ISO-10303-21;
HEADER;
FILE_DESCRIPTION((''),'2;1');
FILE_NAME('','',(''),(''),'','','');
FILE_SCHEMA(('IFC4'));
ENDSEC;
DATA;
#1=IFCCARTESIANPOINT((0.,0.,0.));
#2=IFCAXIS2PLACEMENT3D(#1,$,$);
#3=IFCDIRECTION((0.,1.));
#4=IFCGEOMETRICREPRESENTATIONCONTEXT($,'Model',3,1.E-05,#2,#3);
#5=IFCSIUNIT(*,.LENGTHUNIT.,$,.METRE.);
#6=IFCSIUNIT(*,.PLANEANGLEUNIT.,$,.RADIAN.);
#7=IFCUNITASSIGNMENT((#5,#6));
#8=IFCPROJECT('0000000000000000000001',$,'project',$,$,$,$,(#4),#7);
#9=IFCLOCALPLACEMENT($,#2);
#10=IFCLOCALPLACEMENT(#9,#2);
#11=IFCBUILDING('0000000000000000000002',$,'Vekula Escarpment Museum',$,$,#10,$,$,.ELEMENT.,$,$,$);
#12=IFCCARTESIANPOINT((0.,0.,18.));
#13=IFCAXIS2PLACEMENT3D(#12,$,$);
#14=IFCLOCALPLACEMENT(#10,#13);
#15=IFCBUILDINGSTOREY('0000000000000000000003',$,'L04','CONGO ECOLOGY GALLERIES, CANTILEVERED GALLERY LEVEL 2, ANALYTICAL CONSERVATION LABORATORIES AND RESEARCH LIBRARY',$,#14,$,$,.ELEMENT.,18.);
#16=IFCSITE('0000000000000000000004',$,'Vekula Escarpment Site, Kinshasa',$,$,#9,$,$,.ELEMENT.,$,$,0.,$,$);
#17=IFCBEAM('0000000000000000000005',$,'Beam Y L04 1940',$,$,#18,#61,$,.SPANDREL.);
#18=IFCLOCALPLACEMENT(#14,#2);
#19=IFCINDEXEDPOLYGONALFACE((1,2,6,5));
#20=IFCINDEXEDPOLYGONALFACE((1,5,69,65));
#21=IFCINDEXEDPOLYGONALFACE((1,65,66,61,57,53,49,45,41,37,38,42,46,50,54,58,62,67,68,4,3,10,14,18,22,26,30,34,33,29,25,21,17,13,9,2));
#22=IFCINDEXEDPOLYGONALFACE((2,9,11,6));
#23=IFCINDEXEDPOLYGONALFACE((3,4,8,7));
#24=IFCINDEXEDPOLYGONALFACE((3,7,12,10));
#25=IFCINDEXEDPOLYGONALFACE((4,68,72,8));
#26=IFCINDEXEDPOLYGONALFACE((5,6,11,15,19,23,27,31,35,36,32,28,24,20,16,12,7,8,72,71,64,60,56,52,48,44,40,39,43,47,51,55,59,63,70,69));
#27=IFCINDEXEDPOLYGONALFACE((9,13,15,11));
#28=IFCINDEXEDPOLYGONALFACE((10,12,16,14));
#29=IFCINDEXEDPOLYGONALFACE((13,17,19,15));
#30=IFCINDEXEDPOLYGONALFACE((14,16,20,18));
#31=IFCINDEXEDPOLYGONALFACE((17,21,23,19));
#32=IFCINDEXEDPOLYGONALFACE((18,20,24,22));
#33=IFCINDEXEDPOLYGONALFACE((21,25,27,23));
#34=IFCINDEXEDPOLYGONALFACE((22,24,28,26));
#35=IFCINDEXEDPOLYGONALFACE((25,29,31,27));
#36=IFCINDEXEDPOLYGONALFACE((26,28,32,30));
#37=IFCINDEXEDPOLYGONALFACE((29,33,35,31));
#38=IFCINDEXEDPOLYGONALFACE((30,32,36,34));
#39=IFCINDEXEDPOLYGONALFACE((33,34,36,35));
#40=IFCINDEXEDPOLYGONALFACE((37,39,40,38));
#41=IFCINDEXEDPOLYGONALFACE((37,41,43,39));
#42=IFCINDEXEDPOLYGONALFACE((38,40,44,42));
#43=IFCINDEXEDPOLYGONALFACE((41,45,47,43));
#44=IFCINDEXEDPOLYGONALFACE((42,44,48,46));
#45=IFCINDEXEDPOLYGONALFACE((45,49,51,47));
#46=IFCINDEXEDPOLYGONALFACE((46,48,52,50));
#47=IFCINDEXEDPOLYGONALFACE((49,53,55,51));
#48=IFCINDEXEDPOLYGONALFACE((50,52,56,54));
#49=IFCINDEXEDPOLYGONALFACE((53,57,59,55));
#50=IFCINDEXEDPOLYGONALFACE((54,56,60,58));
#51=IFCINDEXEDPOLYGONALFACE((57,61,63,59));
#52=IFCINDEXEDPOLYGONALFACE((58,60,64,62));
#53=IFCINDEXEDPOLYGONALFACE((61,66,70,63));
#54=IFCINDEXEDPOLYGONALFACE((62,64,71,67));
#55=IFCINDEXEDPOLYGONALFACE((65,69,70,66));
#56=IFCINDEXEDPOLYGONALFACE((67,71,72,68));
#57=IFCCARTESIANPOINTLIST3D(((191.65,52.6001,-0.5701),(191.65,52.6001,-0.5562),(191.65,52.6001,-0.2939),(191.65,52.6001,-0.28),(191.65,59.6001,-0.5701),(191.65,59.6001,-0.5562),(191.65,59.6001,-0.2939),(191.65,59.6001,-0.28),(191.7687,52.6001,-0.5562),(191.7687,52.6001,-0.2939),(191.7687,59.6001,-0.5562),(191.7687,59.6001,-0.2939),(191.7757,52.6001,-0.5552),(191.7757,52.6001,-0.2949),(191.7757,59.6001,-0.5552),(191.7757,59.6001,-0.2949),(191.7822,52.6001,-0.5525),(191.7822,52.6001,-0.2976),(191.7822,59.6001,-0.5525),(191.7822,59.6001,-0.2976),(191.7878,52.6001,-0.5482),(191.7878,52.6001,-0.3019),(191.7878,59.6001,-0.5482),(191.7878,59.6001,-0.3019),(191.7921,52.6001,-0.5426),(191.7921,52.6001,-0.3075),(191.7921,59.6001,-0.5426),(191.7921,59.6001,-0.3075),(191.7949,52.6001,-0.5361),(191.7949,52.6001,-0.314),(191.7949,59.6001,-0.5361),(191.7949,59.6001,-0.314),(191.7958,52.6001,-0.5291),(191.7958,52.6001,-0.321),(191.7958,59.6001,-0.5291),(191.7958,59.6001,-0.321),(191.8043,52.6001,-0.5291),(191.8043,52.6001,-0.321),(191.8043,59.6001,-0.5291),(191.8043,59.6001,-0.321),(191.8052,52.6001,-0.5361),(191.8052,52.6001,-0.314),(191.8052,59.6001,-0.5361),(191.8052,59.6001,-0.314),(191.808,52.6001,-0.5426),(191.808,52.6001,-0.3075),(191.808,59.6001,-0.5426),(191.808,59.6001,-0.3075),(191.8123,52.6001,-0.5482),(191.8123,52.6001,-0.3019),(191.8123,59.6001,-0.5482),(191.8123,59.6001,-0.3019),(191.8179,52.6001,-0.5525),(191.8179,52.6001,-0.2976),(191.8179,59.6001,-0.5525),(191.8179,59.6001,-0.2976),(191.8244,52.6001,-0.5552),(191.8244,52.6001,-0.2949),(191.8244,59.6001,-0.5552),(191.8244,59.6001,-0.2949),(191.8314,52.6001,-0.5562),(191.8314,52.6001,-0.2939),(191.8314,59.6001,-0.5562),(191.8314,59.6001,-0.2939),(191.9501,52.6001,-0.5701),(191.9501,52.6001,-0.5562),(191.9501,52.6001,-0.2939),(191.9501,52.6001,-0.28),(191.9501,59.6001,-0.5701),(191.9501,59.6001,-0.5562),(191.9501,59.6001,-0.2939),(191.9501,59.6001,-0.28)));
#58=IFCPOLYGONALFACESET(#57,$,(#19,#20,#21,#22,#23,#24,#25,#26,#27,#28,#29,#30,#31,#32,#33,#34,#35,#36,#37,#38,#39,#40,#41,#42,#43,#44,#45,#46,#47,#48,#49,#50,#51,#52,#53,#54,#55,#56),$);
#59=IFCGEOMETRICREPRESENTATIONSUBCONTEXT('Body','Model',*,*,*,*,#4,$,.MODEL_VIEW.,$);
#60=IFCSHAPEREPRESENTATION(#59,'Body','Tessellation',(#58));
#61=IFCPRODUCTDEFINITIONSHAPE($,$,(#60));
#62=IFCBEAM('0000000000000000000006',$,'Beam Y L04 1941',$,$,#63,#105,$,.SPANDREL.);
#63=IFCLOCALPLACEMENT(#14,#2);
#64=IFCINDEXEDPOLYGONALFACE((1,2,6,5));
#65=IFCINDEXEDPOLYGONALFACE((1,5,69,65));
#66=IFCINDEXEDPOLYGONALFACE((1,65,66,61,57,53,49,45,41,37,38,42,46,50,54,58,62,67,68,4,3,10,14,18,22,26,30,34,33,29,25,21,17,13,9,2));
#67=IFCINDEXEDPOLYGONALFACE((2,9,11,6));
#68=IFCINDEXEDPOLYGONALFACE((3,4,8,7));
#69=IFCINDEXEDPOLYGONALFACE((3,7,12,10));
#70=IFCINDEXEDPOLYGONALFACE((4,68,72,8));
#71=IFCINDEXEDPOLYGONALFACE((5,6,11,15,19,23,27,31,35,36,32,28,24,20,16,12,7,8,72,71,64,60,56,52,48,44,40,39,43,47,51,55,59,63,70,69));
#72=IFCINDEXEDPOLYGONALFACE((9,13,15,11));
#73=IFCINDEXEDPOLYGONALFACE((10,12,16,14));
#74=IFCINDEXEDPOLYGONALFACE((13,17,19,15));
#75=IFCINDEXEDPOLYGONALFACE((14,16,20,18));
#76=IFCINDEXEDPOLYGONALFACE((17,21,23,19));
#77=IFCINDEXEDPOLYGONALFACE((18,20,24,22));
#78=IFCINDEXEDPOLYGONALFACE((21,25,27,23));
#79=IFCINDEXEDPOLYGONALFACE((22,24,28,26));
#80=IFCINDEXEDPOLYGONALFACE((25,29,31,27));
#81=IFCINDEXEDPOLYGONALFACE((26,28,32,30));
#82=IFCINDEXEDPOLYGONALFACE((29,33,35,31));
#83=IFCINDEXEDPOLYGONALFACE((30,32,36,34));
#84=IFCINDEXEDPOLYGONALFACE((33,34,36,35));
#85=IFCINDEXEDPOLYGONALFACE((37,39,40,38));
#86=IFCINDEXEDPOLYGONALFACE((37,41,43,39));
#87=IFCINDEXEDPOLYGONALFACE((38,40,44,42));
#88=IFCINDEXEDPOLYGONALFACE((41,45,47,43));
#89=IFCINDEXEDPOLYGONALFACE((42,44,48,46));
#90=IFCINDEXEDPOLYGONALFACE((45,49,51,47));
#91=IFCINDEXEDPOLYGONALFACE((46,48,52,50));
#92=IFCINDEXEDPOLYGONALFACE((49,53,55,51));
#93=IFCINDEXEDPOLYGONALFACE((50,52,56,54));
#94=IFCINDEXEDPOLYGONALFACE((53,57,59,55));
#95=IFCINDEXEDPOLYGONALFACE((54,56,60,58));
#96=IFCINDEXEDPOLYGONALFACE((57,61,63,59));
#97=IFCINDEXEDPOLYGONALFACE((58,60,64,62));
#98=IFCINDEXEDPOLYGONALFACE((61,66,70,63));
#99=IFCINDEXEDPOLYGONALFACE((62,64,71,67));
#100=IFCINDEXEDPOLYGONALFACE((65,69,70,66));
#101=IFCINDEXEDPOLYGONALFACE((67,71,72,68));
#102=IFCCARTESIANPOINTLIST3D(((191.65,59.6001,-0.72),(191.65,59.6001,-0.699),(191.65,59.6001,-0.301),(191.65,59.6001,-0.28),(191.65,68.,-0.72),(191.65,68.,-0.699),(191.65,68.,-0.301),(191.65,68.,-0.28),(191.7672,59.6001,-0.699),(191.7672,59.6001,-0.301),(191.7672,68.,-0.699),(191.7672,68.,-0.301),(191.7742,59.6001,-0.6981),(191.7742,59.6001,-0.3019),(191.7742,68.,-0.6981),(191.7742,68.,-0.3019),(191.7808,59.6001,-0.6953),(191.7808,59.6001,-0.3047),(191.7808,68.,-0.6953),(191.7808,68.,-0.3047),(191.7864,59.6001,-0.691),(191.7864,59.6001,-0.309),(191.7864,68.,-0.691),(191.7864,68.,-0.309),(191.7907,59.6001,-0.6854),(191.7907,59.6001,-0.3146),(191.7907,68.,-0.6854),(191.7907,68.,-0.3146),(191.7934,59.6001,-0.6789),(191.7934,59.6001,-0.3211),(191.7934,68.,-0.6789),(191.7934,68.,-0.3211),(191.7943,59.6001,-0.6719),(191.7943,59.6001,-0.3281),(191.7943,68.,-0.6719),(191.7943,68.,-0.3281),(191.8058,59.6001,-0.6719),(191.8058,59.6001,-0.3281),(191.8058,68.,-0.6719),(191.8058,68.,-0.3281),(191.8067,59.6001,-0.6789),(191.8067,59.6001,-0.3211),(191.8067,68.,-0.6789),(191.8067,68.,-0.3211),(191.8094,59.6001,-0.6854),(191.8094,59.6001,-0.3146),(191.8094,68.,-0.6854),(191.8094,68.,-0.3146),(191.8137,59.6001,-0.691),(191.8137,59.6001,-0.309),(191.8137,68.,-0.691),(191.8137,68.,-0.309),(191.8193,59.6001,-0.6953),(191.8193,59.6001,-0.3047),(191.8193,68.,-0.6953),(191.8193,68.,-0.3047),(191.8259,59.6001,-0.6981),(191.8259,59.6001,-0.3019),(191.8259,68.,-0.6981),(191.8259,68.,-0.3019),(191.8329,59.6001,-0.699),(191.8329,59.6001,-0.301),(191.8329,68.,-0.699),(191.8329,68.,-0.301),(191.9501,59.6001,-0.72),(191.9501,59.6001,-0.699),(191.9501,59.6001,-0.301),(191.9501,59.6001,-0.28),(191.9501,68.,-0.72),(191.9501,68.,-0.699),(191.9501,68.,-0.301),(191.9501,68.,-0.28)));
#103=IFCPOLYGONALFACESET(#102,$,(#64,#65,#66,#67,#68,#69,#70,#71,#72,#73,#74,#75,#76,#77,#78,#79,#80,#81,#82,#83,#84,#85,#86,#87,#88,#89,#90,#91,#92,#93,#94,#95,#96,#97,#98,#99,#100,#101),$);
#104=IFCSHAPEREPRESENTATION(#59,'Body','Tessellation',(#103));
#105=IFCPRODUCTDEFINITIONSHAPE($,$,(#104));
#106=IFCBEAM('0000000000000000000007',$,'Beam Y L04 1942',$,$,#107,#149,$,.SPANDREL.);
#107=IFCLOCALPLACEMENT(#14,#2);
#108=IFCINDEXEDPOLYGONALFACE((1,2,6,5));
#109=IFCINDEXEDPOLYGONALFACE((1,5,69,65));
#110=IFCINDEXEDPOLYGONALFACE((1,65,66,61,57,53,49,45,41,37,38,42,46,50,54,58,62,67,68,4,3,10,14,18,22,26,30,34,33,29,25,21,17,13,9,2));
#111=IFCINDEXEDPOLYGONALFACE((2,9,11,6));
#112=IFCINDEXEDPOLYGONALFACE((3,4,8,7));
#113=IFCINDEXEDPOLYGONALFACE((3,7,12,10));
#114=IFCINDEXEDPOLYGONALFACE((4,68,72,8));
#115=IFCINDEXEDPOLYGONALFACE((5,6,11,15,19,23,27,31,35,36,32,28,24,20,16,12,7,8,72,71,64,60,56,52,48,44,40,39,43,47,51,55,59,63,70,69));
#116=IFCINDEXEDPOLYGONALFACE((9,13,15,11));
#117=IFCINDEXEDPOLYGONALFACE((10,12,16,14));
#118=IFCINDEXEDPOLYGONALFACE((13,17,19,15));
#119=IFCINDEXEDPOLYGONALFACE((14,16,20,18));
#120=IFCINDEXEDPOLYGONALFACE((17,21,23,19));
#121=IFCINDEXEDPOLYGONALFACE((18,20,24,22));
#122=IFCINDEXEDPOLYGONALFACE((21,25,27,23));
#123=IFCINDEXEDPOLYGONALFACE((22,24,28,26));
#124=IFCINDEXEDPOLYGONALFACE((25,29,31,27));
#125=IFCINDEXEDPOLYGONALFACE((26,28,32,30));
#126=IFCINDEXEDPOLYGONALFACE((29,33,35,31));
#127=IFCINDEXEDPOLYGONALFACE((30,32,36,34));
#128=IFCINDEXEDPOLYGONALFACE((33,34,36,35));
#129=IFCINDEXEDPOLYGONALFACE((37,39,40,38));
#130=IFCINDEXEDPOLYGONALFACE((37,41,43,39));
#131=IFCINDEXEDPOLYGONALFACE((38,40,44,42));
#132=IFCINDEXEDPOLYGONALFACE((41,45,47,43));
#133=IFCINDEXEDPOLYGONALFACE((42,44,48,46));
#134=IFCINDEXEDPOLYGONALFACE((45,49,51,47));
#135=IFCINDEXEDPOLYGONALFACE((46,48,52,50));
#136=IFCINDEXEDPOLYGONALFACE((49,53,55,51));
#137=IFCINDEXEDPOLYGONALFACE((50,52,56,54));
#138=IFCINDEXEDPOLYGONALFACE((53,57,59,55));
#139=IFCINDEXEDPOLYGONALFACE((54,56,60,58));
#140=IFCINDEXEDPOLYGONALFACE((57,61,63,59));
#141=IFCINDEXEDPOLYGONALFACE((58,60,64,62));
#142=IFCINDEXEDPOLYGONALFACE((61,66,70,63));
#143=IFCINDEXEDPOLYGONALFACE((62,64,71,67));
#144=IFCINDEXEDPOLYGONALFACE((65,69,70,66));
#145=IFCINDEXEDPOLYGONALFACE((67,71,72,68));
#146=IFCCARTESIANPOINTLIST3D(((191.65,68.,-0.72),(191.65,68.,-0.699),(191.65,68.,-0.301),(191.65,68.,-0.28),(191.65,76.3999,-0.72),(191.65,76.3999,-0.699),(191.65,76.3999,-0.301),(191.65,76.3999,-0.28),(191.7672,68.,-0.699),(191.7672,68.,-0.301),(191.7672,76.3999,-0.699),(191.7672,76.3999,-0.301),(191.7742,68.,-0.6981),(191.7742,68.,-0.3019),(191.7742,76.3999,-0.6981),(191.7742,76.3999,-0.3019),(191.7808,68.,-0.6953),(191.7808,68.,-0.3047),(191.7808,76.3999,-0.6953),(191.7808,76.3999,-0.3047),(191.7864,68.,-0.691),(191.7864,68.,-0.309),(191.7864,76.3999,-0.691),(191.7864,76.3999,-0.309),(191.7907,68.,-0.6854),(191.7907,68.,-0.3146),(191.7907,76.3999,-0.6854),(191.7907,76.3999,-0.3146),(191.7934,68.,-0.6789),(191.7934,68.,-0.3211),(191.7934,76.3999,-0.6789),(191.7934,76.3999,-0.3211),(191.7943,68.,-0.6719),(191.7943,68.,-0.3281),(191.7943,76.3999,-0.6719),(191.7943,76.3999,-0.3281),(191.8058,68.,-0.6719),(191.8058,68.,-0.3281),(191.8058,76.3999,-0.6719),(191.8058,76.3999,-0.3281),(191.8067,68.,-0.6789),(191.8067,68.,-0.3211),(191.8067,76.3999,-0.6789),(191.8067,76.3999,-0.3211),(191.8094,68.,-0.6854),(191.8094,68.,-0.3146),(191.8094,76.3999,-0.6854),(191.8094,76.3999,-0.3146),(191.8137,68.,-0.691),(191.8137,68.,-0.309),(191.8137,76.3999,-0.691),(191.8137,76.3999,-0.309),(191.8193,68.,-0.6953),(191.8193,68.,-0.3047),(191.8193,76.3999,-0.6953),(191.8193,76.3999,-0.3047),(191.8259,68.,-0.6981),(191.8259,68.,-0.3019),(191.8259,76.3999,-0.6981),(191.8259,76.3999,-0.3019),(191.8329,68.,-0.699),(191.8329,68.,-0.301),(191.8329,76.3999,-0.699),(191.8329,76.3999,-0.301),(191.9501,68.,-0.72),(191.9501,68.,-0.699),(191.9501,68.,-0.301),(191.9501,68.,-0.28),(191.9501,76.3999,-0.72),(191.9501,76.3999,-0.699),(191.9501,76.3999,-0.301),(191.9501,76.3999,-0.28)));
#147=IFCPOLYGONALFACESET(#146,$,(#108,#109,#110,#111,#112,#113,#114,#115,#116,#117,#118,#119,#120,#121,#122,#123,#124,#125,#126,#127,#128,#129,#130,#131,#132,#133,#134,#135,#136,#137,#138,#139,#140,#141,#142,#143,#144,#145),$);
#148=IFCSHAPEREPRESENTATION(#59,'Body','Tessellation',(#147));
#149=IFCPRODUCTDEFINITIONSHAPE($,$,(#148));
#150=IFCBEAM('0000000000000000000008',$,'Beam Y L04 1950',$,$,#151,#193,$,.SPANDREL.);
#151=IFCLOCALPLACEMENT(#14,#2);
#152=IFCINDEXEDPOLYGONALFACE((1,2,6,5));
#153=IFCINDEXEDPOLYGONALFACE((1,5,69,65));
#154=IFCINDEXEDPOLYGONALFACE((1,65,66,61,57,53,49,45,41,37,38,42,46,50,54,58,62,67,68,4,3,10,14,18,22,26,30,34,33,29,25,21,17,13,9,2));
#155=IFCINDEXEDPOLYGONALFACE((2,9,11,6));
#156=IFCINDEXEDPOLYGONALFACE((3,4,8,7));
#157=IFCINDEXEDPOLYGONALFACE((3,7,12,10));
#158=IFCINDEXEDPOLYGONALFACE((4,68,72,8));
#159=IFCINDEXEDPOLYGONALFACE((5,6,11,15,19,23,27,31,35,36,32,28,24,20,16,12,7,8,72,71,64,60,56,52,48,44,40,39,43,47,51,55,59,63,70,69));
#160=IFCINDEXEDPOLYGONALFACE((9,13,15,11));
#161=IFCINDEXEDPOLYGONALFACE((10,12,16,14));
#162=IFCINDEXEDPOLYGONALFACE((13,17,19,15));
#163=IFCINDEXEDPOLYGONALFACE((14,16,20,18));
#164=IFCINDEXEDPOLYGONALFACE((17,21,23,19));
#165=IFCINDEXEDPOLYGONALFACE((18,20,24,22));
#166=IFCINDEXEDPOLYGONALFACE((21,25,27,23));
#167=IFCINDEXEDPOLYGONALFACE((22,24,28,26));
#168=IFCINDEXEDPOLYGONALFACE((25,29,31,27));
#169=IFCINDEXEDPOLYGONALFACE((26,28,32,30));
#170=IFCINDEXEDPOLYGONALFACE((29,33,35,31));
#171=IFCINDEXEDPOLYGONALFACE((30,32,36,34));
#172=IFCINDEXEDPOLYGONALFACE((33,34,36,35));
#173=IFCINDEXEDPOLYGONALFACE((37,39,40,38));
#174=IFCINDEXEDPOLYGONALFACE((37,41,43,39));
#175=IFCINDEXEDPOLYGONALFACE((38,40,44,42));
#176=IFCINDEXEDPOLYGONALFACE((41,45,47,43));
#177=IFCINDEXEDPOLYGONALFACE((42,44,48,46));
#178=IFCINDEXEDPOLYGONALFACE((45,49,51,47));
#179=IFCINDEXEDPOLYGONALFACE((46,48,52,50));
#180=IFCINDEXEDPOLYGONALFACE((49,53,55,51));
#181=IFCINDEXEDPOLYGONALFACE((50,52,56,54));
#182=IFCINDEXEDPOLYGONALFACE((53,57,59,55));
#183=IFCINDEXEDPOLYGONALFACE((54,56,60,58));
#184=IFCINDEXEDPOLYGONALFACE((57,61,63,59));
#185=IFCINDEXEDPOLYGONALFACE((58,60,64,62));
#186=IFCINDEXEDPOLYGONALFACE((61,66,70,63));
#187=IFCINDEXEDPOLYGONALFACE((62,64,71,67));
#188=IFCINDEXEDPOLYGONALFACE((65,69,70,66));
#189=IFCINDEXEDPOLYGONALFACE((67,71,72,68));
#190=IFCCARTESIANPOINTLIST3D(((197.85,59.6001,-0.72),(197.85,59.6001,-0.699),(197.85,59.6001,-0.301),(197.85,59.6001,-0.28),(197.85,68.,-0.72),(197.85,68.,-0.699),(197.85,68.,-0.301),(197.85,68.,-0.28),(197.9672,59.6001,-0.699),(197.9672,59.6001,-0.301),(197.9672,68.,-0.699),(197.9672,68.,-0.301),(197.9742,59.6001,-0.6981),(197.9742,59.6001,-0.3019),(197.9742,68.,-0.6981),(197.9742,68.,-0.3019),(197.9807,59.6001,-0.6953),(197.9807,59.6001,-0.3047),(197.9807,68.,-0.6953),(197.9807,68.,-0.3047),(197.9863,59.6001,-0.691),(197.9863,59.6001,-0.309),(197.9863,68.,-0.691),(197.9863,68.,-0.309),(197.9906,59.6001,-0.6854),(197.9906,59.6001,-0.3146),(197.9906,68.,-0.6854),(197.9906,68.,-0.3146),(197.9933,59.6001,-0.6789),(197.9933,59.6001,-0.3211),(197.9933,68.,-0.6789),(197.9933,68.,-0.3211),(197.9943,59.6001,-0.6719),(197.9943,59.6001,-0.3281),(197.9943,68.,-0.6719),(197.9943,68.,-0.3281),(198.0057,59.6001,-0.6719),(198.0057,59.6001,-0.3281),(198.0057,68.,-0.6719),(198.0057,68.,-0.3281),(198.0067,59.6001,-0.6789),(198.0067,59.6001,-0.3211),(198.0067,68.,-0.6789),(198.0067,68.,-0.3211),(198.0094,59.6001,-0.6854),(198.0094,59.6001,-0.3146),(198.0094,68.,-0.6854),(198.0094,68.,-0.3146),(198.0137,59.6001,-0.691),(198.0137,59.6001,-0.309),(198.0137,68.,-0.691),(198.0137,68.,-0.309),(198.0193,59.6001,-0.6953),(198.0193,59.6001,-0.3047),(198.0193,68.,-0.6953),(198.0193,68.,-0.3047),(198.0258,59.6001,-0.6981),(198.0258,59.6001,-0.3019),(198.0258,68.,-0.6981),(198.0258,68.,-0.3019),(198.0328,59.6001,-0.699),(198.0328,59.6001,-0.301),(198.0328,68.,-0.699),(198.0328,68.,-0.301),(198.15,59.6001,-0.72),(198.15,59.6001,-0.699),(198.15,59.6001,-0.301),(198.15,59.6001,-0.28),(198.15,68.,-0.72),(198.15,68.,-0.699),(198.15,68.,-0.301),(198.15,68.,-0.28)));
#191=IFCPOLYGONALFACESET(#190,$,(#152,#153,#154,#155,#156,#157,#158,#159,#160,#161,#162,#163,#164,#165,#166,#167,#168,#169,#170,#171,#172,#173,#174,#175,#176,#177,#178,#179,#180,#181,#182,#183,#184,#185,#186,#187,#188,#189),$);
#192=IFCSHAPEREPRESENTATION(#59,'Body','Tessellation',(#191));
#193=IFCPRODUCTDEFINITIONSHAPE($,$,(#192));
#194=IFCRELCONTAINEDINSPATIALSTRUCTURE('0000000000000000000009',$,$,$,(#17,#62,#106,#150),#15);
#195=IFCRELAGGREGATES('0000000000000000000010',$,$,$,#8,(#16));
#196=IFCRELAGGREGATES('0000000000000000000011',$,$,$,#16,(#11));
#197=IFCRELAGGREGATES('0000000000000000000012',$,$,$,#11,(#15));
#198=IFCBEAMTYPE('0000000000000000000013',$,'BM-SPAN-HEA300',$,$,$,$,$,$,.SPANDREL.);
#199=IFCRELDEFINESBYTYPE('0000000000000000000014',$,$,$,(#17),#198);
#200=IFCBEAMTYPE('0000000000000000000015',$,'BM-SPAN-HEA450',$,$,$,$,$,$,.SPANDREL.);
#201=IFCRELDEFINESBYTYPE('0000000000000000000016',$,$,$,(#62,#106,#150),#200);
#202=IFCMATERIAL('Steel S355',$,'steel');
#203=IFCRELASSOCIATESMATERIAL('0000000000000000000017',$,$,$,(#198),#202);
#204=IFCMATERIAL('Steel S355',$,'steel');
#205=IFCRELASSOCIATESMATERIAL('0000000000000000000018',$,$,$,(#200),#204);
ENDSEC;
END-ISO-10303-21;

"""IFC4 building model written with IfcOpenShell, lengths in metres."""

from ifc_helpers import new_model, si_unit, direction, frame, origin, origin_2d, place, context, subcontext, project, spatial, i_section, extrude, material, material_profile, profile_set, type_object, element, save


model = new_model("IFC4")

# Units and contexts
model_context = context("Model", 3, precision=1e-05, world=origin(), true_north=direction((0.0, 1.0)))
body_context = subcontext(model_context, "Body", "Model", "MODEL_VIEW")
ifc_project = project(units=[si_unit("LENGTHUNIT", "METRE"), si_unit("PLANEANGLEUNIT", "RADIAN")], contexts=[model_context])

# Site, building, storey
site_placement = place(None, origin())
site = spatial("IfcSite", under=ifc_project, at=site_placement, Name="Vekula Escarpment Site, Kinshasa", CompositionType="ELEMENT", RefElevation=0.0)
building_placement = place(site_placement, origin())
building = spatial("IfcBuilding", under=site, at=building_placement, Name="Vekula Escarpment Museum", CompositionType="ELEMENT")
storey_placement = place(building_placement, frame((0.0, 0.0, 18.0)))
storey = spatial("IfcBuildingStorey", under=building, at=storey_placement, Name="L04", Description="CONGO ECOLOGY GALLERIES, CANTILEVERED GALLERY LEVEL 2, ANALYTICAL CONSERVATION LABORATORIES AND RESEARCH LIBRARY", CompositionType="ELEMENT", Elevation=18.0)

# Beams
ifc_material_1 = material(Name="Steel S355", Category="steel")
ifc_material_profile_1 = material_profile(ifc_material_1, i_section(OverallWidth=0.3, OverallDepth=0.29, WebThickness=0.0085, FlangeThickness=0.0139, FilletRadius=0.0271, at=origin_2d()), Name="HEA 300")
ifc_profile_set_1 = profile_set([ifc_material_profile_1], Name="Steel S355")
beam_type_1 = type_object("IfcBeamType", Name="BM-SPAN-HEA300", PredefinedType="SPANDREL", material=ifc_profile_set_1)
beam_1_placement = place(storey_placement, frame((191.8, 52.6001, -0.425), z_axis=(0.0, 1.0, 0.0), x_axis=(-1.0, 0.0, 0.0)))
element("IfcBeam", 1, at=beam_1_placement, inside=storey, type_object=beam_type_1, Name="Beam Y L04 1940", PredefinedType="SPANDREL", context=body_context, shape_type="SweptSolid", body=[
    extrude(i_section(OverallWidth=0.3, OverallDepth=0.29, WebThickness=0.0085, FlangeThickness=0.0139, FilletRadius=0.0271, at=origin_2d()), origin(), (0.0, 0.0, 1.0), 7.0),
])
ifc_material_2 = material(Name="Steel S355", Category="steel")
ifc_material_profile_2 = material_profile(ifc_material_2, i_section(OverallWidth=0.3, OverallDepth=0.4399, WebThickness=0.0115, FlangeThickness=0.021, FilletRadius=0.0271, at=origin_2d()), Name="HEA 450")
ifc_profile_set_2 = profile_set([ifc_material_profile_2], Name="Steel S355")
beam_type_2 = type_object("IfcBeamType", Name="BM-SPAN-HEA450", PredefinedType="SPANDREL", material=ifc_profile_set_2)
for number, where, z_axis, x_axis, name in (
    (2, (191.8, 59.6001, -0.5), (0.0, 1.0, 0.0), (-1.0, 0.0, 0.0), "Beam Y L04 1941"),
    (3, (191.8, 68.0, -0.5), (0.0, 1.0, 0.0), (-1.0, 0.0, 0.0), "Beam Y L04 1942"),
    (4, (198.0, 59.6001, -0.5), (0.0, 1.0, 0.0), (-1.0, 0.0, 0.0), "Beam Y L04 1950"),
):
    element("IfcBeam", number, at=place(storey_placement, frame(where, z_axis=z_axis, x_axis=x_axis)), inside=storey, type_object=beam_type_2, Name=name, PredefinedType="SPANDREL", context=body_context, shape_type="SweptSolid", body=[
        extrude(i_section(OverallWidth=0.3, OverallDepth=0.4399, WebThickness=0.0115, FlangeThickness=0.021, FilletRadius=0.0271, at=origin_2d()), origin(), (0.0, 0.0, 1.0), 8.3999),
    ])

save(model, "model.ifc")
